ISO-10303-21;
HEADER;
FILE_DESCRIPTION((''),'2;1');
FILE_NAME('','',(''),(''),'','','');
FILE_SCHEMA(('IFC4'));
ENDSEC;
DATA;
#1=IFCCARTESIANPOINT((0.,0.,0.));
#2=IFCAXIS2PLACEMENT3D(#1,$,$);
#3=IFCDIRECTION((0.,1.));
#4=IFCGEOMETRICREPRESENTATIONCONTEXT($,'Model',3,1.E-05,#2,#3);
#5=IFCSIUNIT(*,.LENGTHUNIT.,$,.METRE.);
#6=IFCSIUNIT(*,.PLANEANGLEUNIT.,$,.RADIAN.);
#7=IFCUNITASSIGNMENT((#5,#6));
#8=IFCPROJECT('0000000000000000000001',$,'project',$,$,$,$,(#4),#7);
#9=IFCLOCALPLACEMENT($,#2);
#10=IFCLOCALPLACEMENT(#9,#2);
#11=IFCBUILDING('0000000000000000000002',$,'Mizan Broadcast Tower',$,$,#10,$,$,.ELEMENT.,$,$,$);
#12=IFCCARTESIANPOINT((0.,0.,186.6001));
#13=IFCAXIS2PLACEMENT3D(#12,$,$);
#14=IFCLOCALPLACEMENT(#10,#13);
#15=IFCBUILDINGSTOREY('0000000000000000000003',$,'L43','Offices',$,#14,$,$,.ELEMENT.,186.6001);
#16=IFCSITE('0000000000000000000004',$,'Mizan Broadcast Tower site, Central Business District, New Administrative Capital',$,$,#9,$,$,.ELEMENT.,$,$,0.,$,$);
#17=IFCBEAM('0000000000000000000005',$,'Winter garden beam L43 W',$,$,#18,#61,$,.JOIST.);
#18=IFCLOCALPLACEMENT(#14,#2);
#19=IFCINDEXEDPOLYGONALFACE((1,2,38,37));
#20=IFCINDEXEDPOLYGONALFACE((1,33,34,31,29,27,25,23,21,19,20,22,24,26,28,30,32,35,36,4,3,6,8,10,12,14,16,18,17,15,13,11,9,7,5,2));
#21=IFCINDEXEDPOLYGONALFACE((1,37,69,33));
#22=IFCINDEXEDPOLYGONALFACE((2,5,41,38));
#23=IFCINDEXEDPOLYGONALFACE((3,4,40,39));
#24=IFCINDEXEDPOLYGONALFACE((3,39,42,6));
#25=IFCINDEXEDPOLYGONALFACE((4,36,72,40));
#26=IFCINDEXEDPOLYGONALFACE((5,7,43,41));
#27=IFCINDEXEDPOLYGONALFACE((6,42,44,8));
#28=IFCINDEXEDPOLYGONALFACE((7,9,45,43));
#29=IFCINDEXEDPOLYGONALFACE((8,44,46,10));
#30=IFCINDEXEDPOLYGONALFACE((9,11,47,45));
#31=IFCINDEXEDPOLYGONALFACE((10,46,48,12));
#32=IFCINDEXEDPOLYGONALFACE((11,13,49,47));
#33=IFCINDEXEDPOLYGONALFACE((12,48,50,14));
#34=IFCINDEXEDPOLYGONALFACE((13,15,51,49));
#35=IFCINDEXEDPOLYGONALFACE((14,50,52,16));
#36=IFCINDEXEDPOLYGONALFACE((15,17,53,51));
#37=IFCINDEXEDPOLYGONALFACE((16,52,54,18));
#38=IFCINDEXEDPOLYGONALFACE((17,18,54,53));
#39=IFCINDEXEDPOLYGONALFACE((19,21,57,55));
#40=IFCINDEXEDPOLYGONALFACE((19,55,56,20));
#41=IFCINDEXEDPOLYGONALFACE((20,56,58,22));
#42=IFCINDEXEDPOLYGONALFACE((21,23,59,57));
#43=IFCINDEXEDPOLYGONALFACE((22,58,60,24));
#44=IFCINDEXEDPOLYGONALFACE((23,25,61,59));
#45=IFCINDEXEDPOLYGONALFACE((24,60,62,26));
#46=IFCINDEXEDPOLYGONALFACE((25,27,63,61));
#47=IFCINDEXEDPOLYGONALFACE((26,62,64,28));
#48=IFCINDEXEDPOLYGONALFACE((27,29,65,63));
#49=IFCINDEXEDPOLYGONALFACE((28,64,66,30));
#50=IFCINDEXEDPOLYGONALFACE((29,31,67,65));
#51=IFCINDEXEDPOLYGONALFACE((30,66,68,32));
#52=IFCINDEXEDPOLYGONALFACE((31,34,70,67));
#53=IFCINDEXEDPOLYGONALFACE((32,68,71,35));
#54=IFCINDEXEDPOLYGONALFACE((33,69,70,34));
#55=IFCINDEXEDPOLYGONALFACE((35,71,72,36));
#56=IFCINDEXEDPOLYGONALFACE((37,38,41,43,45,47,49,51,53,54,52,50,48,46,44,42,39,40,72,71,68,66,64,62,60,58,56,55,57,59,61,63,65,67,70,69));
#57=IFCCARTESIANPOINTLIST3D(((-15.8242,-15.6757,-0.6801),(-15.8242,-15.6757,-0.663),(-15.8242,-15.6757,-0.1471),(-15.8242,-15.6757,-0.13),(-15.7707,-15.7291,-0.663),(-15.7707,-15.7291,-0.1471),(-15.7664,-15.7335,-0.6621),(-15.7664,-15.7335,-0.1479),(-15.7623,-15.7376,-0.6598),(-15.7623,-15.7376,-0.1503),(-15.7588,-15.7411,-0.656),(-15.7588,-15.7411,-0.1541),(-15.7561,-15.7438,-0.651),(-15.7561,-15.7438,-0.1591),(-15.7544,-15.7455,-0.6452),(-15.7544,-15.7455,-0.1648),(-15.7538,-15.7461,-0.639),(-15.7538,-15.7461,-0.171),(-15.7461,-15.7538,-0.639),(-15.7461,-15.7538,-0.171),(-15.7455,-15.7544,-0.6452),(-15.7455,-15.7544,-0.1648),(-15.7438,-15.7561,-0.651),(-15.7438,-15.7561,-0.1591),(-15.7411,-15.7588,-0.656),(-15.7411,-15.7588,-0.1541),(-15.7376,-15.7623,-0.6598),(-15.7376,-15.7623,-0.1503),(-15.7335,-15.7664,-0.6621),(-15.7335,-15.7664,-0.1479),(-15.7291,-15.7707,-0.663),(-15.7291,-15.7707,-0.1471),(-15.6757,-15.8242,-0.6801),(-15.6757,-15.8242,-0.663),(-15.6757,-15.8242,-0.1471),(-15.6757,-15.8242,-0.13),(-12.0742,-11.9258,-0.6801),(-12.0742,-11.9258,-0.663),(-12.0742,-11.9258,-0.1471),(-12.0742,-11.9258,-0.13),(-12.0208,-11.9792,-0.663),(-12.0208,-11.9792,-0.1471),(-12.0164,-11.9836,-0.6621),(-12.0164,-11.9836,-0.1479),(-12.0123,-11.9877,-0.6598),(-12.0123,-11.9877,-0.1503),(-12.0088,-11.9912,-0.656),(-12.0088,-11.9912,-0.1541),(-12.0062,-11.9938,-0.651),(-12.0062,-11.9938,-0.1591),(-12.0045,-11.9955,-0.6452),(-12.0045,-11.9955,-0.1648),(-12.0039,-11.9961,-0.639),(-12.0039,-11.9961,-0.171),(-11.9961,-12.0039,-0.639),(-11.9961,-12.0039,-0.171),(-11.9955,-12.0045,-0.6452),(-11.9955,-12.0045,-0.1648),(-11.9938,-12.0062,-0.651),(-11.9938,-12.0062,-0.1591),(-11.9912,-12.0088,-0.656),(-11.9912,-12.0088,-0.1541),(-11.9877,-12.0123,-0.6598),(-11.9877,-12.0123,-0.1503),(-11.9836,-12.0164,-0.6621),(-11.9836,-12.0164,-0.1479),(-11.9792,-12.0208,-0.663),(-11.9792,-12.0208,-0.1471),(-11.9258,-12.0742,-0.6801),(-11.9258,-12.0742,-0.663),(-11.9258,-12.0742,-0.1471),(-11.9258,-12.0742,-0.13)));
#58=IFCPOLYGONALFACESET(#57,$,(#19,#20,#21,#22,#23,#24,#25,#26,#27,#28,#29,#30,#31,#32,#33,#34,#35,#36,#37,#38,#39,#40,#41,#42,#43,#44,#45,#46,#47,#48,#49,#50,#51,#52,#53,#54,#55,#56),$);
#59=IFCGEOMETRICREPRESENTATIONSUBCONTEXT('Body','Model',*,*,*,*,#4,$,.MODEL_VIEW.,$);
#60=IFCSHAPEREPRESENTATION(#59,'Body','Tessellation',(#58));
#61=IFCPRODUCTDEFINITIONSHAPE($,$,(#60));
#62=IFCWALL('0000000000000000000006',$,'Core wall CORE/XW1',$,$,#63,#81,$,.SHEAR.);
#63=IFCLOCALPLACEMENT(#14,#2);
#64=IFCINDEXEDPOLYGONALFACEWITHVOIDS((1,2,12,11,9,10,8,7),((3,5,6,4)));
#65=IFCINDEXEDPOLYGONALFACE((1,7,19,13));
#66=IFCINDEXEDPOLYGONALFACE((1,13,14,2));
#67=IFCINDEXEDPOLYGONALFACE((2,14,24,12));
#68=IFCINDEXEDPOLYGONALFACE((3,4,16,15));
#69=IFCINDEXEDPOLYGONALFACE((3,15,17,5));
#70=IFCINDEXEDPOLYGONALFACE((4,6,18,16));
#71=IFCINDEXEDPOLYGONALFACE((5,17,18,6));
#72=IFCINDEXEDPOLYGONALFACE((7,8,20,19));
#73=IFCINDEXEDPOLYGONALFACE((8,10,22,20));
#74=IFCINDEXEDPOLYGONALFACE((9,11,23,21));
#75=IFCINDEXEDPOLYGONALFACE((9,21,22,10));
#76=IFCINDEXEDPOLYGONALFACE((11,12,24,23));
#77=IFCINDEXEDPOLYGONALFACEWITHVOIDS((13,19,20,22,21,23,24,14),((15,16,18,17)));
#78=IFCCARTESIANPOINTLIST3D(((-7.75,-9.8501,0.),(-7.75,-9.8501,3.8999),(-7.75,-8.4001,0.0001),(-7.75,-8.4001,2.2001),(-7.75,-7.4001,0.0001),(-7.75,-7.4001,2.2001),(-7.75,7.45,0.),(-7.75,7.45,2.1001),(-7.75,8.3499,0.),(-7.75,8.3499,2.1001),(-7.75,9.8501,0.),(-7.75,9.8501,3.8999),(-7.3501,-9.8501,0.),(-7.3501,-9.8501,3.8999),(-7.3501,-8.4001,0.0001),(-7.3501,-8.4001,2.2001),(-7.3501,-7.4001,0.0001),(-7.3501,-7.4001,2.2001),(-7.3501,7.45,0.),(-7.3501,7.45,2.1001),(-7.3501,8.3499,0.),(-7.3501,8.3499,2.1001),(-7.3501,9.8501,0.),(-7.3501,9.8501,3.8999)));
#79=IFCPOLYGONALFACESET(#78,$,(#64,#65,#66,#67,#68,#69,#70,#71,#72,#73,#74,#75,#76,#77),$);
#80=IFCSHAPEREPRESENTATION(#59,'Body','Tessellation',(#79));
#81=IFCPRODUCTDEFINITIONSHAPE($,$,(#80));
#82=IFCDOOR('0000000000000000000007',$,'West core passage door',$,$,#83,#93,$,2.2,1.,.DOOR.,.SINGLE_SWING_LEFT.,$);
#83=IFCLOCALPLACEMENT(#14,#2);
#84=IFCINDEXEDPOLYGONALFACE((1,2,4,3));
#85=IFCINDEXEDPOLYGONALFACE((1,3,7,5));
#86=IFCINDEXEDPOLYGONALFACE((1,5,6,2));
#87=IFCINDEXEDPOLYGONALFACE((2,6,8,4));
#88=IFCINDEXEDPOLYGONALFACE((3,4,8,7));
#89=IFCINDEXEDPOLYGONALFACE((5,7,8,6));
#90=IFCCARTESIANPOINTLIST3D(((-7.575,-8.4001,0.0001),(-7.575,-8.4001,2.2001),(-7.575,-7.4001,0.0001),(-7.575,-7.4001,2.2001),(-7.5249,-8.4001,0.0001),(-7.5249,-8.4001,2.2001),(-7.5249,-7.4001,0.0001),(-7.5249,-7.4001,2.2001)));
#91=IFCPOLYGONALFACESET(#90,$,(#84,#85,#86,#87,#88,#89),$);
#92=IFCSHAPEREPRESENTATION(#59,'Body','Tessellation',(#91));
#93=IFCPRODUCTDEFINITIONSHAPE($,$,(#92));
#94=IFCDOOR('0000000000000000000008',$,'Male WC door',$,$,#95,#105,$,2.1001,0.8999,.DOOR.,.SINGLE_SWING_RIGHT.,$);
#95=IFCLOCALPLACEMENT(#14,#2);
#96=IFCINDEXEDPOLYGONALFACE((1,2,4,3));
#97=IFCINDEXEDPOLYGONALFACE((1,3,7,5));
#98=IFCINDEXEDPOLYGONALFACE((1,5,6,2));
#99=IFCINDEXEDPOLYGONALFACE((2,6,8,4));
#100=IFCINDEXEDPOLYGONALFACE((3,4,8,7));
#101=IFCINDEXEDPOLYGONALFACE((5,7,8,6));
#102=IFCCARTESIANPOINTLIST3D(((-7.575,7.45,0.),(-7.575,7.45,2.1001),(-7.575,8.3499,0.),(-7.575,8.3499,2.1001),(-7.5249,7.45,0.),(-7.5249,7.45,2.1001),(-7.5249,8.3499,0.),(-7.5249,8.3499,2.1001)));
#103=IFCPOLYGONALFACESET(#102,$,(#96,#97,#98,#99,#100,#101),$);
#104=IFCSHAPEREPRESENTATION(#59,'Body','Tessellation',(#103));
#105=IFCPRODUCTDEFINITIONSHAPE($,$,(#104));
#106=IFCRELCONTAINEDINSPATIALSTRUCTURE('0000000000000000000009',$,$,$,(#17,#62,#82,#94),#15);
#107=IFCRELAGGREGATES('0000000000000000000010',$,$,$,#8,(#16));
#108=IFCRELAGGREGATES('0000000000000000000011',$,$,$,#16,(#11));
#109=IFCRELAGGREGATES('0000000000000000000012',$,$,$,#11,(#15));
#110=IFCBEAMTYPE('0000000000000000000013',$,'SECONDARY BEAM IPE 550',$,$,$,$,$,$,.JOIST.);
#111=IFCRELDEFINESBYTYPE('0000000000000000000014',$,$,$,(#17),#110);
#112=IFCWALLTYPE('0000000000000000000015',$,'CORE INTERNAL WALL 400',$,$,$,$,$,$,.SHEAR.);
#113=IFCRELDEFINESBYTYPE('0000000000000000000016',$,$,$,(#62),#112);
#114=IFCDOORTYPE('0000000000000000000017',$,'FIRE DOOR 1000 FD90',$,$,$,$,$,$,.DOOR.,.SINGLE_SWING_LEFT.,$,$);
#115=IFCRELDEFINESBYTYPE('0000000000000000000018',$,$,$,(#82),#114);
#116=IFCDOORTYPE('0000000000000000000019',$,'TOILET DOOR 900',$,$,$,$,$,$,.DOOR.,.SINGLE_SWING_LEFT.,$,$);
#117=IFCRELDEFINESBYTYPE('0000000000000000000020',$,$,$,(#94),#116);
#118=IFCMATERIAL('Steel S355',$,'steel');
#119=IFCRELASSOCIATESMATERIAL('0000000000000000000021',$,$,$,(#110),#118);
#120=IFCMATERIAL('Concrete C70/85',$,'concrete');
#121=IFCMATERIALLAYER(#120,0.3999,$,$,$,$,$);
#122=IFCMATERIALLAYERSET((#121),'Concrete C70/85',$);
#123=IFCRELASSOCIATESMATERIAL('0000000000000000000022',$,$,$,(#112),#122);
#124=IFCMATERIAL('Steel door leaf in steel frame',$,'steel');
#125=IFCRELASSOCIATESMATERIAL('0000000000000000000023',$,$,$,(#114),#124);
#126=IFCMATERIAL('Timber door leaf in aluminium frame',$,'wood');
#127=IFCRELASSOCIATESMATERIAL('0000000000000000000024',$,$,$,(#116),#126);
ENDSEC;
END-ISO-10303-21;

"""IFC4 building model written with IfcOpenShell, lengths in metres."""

from ifc_helpers import new_model, si_unit, direction, frame, frame_2d, origin, origin_2d, place, context, subcontext, project, spatial, rectangle, i_section, extrude, material, layer, layer_set, material_profile, profile_set, type_object, element, fill, save


model = new_model("IFC4")

# Units and contexts
model_context = context("Model", 3, precision=1e-05, world=origin(), true_north=direction((0.0, 1.0)))
body_context = subcontext(model_context, "Body", "Model", "MODEL_VIEW")
ifc_project = project(units=[si_unit("LENGTHUNIT", "METRE"), si_unit("PLANEANGLEUNIT", "RADIAN")], contexts=[model_context])

# Site, building, storey
site_placement = place(None, origin())
site = spatial("IfcSite", under=ifc_project, at=site_placement, Name="Mizan Broadcast Tower site, Central Business District, New Administrative Capital", CompositionType="ELEMENT", RefElevation=0.0)
building_placement = place(site_placement, origin())
building = spatial("IfcBuilding", under=site, at=building_placement, Name="Mizan Broadcast Tower", CompositionType="ELEMENT")
storey_placement = place(building_placement, frame((0.0, 0.0, 186.6001)))
storey = spatial("IfcBuildingStorey", under=building, at=storey_placement, Name="L43", Description="Offices", CompositionType="ELEMENT", Elevation=186.6001)

# Beam
ifc_material_1 = material(Name="Steel S355", Category="steel")
ifc_material_profile_1 = material_profile(ifc_material_1, i_section(OverallWidth=0.21, OverallDepth=0.55, WebThickness=0.011, FlangeThickness=0.0171, FilletRadius=0.0239, at=origin_2d()), Name="IPE 550")
ifc_profile_set_1 = profile_set([ifc_material_profile_1], Name="Steel S355")
beam_type_1 = type_object("IfcBeamType", Name="SECONDARY BEAM IPE 550", PredefinedType="JOIST", material=ifc_profile_set_1)
beam_1_placement = place(storey_placement, frame((-12.0, -12.0, -0.405), z_axis=(-0.707107, -0.707107, 0.0), x_axis=(0.707107, -0.707107, 0.0)))
element("IfcBeam", 1, at=beam_1_placement, inside=storey, type_object=beam_type_1, Name="Winter garden beam L43 W", PredefinedType="JOIST", context=body_context, shape_type="SweptSolid", body=[
    extrude(i_section(OverallWidth=0.21, OverallDepth=0.55, WebThickness=0.011, FlangeThickness=0.0171, FilletRadius=0.0239, at=origin_2d()), origin(), (0.0, 0.0, 1.0), 5.3032),
])

# Wall, openings, doors
ifc_material_2 = material(Name="Concrete C70/85", Category="concrete")
ifc_layer_1 = layer(ifc_material_2, 0.3999)
ifc_layer_set_1 = layer_set([ifc_layer_1], Name="Concrete C70/85")
wall_type_1 = type_object("IfcWallType", Name="CORE INTERNAL WALL 400", PredefinedType="SHEAR", material=ifc_layer_set_1)
wall_1_placement = place(storey_placement, frame((-7.55, -9.8501, 0.0), z_axis=(0.0, 0.0, 1.0), x_axis=(0.0, 1.0, 0.0)))
wall_1 = element("IfcWall", 2, at=wall_1_placement, inside=storey, type_object=wall_type_1, Name="Core wall CORE/XW1", PredefinedType="SHEAR", context=body_context, shape_type="SweptSolid", body=[
    extrude(rectangle(XDim=19.7002, YDim=0.3999, at=frame_2d((9.8501, 0.0))), origin(), (0.0, 0.0, 1.0), 3.8999),
])
opening_1_placement = place(wall_1_placement, frame((1.45, 0.0, 0.0)))
opening_1 = element("IfcOpeningElement", 3, at=opening_1_placement, cuts=wall_1, PredefinedType="OPENING", context=body_context, shape_type="SweptSolid", body=[
    extrude(rectangle(XDim=1.0, YDim=2.2, at=frame_2d((0.5, 1.1001))), frame((0.0, 0.21, 0.0), z_axis=(0.0, -1.0, 0.0), x_axis=(1.0, 0.0, 0.0)), (0.0, 0.0, 1.0), 0.4199),
])
opening_2_placement = place(wall_1_placement, frame((17.3, 0.0, 0.0)))
opening_2 = element("IfcOpeningElement", 4, at=opening_2_placement, cuts=wall_1, PredefinedType="OPENING", context=body_context, shape_type="SweptSolid", body=[
    extrude(rectangle(XDim=0.8999, YDim=2.1001, at=frame_2d((0.45, 1.05))), frame((0.0, 0.21, 0.0), z_axis=(0.0, -1.0, 0.0), x_axis=(1.0, 0.0, 0.0)), (0.0, 0.0, 1.0), 0.4199),
])
ifc_material_3 = material(Name="Steel door leaf in steel frame", Category="steel")
door_type_1 = type_object("IfcDoorType", Name="FIRE DOOR 1000 FD90", OperationType="SINGLE_SWING_LEFT", PredefinedType="DOOR", material=ifc_material_3)
door_1_placement = place(opening_1_placement, origin())
door_1 = element("IfcDoor", 5, at=door_1_placement, inside=storey, type_object=door_type_1, Name="West core passage door", OperationType="SINGLE_SWING_LEFT", OverallHeight=2.2, OverallWidth=1.0, PredefinedType="DOOR", context=body_context, shape_type="SweptSolid", body=[
    extrude(rectangle(XDim=1.0, YDim=2.2, at=frame_2d((0.5, 1.1001))), frame((0.0, 0.0249, 0.0), z_axis=(0.0, -1.0, 0.0), x_axis=(1.0, 0.0, 0.0)), (0.0, 0.0, 1.0), 0.05),
])
fill(opening_1, door_1)
ifc_material_4 = material(Name="Timber door leaf in aluminium frame", Category="wood")
door_type_2 = type_object("IfcDoorType", Name="TOILET DOOR 900", OperationType="SINGLE_SWING_LEFT", PredefinedType="DOOR", material=ifc_material_4)
door_2_placement = place(opening_2_placement, origin())
door_2 = element("IfcDoor", 6, at=door_2_placement, inside=storey, type_object=door_type_2, Name="Male WC door", OperationType="SINGLE_SWING_RIGHT", OverallHeight=2.1001, OverallWidth=0.8999, PredefinedType="DOOR", context=body_context, shape_type="SweptSolid", body=[
    extrude(rectangle(XDim=0.8999, YDim=2.1001, at=frame_2d((0.45, 1.05))), frame((0.0, 0.0249, 0.0), z_axis=(0.0, -1.0, 0.0), x_axis=(1.0, 0.0, 0.0)), (0.0, 0.0, 1.0), 0.05),
])
fill(opening_2, door_2)

save(model, "model.ifc")
